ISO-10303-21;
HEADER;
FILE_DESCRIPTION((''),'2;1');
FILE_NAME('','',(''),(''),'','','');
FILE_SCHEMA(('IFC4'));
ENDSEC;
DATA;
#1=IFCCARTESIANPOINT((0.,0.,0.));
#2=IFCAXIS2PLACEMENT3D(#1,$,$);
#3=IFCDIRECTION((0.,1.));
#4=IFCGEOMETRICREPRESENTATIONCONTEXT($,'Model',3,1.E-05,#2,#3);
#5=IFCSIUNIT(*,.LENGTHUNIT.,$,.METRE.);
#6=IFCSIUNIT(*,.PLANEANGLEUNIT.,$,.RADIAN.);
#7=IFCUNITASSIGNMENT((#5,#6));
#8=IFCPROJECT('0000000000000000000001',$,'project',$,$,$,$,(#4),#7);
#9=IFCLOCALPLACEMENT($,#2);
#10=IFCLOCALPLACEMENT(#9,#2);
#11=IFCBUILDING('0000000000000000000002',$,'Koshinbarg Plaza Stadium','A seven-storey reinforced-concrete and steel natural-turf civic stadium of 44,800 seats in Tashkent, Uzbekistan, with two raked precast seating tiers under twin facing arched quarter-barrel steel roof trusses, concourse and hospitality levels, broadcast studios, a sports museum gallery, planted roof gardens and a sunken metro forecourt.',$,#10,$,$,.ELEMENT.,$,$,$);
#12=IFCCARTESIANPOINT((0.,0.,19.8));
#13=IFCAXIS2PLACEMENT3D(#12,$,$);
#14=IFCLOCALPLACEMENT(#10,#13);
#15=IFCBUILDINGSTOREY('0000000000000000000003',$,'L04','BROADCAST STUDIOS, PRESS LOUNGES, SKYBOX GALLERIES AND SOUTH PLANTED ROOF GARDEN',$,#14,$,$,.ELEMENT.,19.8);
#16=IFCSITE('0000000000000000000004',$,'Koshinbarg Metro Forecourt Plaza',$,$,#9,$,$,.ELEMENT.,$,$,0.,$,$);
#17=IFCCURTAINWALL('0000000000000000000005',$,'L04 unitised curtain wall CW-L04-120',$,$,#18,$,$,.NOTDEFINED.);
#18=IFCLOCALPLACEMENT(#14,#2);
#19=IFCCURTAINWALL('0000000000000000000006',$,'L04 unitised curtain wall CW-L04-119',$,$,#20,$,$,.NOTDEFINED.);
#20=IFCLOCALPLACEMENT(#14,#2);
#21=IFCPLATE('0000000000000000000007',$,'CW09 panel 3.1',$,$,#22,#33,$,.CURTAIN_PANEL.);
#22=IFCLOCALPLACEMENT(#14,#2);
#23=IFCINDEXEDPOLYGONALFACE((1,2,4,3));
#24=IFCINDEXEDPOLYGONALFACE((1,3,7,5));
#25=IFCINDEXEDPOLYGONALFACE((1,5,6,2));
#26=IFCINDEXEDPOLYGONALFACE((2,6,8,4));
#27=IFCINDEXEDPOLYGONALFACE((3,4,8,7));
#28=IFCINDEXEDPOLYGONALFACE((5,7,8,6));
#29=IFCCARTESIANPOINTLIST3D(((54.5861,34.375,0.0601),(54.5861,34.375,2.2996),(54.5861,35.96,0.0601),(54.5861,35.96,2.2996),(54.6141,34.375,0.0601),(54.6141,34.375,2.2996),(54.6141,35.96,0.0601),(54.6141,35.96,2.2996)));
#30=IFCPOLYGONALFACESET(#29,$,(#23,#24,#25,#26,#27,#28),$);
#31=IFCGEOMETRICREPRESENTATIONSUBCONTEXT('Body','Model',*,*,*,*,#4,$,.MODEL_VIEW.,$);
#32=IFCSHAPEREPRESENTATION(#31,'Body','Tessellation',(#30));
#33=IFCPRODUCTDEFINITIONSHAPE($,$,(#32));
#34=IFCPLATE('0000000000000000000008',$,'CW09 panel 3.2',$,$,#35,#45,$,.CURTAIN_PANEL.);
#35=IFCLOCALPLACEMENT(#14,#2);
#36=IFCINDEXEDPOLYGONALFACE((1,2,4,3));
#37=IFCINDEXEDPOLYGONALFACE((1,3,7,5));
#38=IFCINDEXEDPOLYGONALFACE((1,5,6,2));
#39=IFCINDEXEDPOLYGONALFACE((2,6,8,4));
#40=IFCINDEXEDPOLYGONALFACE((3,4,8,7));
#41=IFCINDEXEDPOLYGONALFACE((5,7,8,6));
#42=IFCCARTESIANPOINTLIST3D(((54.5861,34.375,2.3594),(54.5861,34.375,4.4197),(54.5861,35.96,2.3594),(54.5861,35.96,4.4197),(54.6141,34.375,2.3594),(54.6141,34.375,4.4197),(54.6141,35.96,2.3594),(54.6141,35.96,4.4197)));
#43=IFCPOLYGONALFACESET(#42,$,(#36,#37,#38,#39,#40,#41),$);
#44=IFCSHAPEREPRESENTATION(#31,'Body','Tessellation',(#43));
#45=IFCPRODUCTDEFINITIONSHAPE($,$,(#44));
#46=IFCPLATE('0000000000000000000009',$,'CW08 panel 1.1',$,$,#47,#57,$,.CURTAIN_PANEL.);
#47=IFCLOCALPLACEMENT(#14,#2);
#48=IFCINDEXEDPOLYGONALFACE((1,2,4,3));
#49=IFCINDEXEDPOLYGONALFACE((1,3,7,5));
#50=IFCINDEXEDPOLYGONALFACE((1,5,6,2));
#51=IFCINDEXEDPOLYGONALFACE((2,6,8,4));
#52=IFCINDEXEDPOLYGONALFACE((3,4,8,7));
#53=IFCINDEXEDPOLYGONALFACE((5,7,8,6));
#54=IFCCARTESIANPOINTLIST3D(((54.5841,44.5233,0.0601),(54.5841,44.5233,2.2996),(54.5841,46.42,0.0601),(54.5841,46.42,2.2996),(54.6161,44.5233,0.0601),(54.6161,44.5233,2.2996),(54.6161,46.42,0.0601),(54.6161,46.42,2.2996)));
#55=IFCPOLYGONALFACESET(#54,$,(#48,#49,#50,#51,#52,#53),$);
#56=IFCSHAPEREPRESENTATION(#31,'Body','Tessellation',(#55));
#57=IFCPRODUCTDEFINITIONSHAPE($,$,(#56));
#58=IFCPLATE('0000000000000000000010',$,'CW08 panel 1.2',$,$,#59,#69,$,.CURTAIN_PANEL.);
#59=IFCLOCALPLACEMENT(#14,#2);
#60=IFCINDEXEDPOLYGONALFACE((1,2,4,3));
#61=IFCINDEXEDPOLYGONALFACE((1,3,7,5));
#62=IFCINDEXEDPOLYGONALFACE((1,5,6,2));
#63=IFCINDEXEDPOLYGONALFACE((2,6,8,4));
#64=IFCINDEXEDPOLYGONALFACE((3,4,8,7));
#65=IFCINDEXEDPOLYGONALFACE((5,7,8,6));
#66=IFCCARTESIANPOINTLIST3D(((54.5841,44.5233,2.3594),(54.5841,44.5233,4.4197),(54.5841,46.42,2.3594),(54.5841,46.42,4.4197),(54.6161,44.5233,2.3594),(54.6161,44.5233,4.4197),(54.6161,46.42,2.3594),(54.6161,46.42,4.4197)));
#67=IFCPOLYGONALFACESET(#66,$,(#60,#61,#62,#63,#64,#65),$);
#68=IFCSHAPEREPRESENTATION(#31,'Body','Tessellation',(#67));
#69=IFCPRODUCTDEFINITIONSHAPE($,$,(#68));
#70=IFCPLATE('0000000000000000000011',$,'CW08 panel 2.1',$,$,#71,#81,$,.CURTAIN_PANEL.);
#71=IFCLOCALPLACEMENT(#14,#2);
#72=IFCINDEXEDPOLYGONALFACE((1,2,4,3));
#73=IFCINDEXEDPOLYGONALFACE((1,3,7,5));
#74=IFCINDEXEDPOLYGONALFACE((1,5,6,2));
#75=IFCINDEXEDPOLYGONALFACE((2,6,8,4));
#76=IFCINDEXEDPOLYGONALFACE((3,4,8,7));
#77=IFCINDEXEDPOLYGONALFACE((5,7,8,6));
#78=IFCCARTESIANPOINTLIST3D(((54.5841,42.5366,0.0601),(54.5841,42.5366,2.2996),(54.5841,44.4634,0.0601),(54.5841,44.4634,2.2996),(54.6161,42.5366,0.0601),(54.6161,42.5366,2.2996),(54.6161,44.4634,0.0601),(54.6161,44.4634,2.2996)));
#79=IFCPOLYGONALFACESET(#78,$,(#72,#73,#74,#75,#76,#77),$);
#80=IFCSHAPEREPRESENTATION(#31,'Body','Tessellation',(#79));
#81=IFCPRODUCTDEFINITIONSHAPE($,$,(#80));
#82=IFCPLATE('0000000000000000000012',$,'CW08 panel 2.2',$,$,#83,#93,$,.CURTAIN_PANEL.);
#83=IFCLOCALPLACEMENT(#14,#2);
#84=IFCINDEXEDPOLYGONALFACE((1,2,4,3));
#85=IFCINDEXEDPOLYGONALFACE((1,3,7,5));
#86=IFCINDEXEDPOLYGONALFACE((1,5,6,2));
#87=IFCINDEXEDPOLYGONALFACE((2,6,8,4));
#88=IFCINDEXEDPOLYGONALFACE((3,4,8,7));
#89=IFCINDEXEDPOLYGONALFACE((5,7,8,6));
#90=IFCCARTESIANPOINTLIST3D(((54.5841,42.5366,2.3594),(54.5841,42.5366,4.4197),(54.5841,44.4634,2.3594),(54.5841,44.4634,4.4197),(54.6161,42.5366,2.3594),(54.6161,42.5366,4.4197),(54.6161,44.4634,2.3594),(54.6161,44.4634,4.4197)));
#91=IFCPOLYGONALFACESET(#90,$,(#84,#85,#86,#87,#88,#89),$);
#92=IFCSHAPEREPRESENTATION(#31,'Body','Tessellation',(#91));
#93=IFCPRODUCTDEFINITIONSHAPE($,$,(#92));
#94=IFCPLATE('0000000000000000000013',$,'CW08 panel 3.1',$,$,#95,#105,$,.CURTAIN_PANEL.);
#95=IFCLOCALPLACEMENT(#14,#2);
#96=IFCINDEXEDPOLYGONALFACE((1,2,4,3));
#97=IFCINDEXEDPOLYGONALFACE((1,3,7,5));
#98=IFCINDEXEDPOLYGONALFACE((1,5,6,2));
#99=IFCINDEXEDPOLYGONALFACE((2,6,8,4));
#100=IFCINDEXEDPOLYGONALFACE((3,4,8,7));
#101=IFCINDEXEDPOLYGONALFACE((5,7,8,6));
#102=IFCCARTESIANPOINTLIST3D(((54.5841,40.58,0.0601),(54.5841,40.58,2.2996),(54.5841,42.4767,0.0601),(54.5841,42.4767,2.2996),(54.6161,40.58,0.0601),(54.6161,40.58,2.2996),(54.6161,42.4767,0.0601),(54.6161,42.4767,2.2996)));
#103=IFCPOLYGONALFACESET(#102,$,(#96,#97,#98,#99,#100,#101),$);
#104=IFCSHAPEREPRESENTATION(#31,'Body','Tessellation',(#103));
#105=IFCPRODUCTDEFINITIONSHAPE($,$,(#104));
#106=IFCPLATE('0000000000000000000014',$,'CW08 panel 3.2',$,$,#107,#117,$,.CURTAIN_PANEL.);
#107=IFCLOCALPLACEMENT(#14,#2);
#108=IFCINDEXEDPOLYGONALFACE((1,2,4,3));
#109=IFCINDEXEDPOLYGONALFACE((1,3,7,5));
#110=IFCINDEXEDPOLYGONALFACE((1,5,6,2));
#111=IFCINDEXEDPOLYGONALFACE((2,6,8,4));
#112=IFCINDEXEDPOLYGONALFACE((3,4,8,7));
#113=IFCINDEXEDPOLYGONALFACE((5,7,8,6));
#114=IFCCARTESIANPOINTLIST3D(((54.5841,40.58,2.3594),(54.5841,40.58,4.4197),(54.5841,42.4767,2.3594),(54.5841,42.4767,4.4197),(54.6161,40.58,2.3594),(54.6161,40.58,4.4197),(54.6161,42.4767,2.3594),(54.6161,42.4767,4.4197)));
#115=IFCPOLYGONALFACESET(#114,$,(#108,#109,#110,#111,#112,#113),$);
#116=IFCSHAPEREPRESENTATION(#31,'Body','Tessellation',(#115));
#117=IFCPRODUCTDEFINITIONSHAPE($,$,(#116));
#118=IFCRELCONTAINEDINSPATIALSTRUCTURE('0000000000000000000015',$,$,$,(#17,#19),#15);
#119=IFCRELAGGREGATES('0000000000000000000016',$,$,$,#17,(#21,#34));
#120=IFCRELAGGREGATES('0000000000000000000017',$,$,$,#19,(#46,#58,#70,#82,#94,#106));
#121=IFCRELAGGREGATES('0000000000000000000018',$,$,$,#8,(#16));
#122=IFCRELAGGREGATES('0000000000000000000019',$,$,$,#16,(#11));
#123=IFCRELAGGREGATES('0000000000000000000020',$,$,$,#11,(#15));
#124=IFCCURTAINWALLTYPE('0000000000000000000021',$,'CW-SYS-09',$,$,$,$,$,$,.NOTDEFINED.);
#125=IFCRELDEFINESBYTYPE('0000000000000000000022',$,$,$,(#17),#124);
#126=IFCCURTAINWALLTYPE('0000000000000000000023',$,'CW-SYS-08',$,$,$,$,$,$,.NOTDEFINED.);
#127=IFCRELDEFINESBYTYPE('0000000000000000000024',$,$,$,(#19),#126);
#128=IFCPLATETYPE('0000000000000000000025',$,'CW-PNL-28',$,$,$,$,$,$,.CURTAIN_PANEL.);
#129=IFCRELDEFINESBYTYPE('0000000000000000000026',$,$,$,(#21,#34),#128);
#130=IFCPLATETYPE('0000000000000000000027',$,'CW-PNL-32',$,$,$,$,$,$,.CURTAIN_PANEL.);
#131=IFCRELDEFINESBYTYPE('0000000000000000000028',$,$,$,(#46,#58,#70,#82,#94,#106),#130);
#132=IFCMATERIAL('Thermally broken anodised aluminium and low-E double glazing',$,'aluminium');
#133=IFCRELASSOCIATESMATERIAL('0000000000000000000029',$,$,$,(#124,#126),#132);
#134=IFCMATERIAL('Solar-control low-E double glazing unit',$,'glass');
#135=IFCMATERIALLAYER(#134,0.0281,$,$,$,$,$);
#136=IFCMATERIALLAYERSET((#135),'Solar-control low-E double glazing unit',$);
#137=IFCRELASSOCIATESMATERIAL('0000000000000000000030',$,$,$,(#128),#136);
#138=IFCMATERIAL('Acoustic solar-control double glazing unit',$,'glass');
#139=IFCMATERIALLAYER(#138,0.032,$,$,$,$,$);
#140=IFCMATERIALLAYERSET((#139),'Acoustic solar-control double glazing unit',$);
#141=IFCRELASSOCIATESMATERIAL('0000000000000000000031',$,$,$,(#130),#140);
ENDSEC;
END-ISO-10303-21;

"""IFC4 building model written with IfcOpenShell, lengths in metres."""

from ifc_helpers import new_model, si_unit, direction, frame, origin, origin_2d, place, context, subcontext, project, spatial, rectangle, extrude, material, layer, layer_set, type_object, element, aggregate, save


model = new_model("IFC4")

# Units and contexts
model_context = context("Model", 3, precision=1e-05, world=origin(), true_north=direction((0.0, 1.0)))
body_context = subcontext(model_context, "Body", "Model", "MODEL_VIEW")
ifc_project = project(units=[si_unit("LENGTHUNIT", "METRE"), si_unit("PLANEANGLEUNIT", "RADIAN")], contexts=[model_context])

# Site, building, storey
site_placement = place(None, origin())
site = spatial("IfcSite", under=ifc_project, at=site_placement, Name="Koshinbarg Metro Forecourt Plaza", CompositionType="ELEMENT", RefElevation=0.0)
building_placement = place(site_placement, origin())
building = spatial("IfcBuilding", under=site, at=building_placement, Name="Koshinbarg Plaza Stadium", Description="A seven-storey reinforced-concrete and steel natural-turf civic stadium of 44,800 seats in Tashkent, Uzbekistan, with two raked precast seating tiers under twin facing arched quarter-barrel steel roof trusses, concourse and hospitality levels, broadcast studios, a sports museum gallery, planted roof gardens and a sunken metro forecourt.", CompositionType="ELEMENT")
storey_placement = place(building_placement, frame((0.0, 0.0, 19.8)))
storey = spatial("IfcBuildingStorey", under=building, at=storey_placement, Name="L04", Description="BROADCAST STUDIOS, PRESS LOUNGES, SKYBOX GALLERIES AND SOUTH PLANTED ROOF GARDEN", CompositionType="ELEMENT", Elevation=19.8)

# Curtain walls
ifc_material_1 = material(Name="Thermally broken anodised aluminium and low-E double glazing", Category="aluminium")
curtain_wall_type_1 = type_object("IfcCurtainWallType", Name="CW-SYS-09", PredefinedType="NOTDEFINED", material=ifc_material_1)
curtain_wall_1_placement = place(storey_placement, origin())
curtain_wall_1 = element("IfcCurtainWall", 1, at=curtain_wall_1_placement, inside=storey, type_object=curtain_wall_type_1, Name="L04 unitised curtain wall CW-L04-120", PredefinedType="NOTDEFINED")
curtain_wall_type_2 = type_object("IfcCurtainWallType", Name="CW-SYS-08", PredefinedType="NOTDEFINED", material=ifc_material_1)
curtain_wall_2_placement = place(storey_placement, origin())
curtain_wall_2 = element("IfcCurtainWall", 2, at=curtain_wall_2_placement, inside=storey, type_object=curtain_wall_type_2, Name="L04 unitised curtain wall CW-L04-119", PredefinedType="NOTDEFINED")

# Plates
ifc_material_2 = material(Name="Solar-control low-E double glazing unit", Category="glass")
ifc_layer_1 = layer(ifc_material_2, 0.0281)
ifc_layer_set_1 = layer_set([ifc_layer_1], Name="Solar-control low-E double glazing unit")
plate_type_1 = type_object("IfcPlateType", Name="CW-PNL-28", PredefinedType="CURTAIN_PANEL", material=ifc_layer_set_1)
plate_1_placement = place(storey_placement, frame((54.6001, 35.1675, 0.0601), z_axis=(0.0, 0.0, 1.0), x_axis=(0.0, -1.0, 0.0)))
plate_1 = element("IfcPlate", 3, at=plate_1_placement, type_object=plate_type_1, Name="CW09 panel 3.1", PredefinedType="CURTAIN_PANEL", context=body_context, shape_type="SweptSolid", body=[
    extrude(rectangle(XDim=1.585, YDim=0.0281, at=origin_2d()), origin(), (0.0, 0.0, 1.0), 2.2395),
])
plate_2_placement = place(storey_placement, frame((54.6001, 35.1675, 2.3594), z_axis=(0.0, 0.0, 1.0), x_axis=(0.0, -1.0, 0.0)))
plate_2 = element("IfcPlate", 4, at=plate_2_placement, type_object=plate_type_1, Name="CW09 panel 3.2", PredefinedType="CURTAIN_PANEL", context=body_context, shape_type="SweptSolid", body=[
    extrude(rectangle(XDim=1.585, YDim=0.0281, at=origin_2d()), origin(), (0.0, 0.0, 1.0), 2.0603),
])
aggregate(curtain_wall_1, [plate_1, plate_2])
ifc_material_3 = material(Name="Acoustic solar-control double glazing unit", Category="glass")
ifc_layer_2 = layer(ifc_material_3, 0.032)
ifc_layer_set_2 = layer_set([ifc_layer_2], Name="Acoustic solar-control double glazing unit")
plate_type_2 = type_object("IfcPlateType", Name="CW-PNL-32", PredefinedType="CURTAIN_PANEL", material=ifc_layer_set_2)
plate_3_placement = place(storey_placement, frame((54.6001, 45.4717, 0.0601), z_axis=(0.0, 0.0, 1.0), x_axis=(0.0, -1.0, 0.0)))
plate_3 = element("IfcPlate", 5, at=plate_3_placement, type_object=plate_type_2, Name="CW08 panel 1.1", PredefinedType="CURTAIN_PANEL", context=body_context, shape_type="SweptSolid", body=[
    extrude(rectangle(XDim=1.8967, YDim=0.032, at=origin_2d()), origin(), (0.0, 0.0, 1.0), 2.2395),
])
plate_4_placement = place(storey_placement, frame((54.6001, 45.4717, 2.3594), z_axis=(0.0, 0.0, 1.0), x_axis=(0.0, -1.0, 0.0)))
plate_4 = element("IfcPlate", 6, at=plate_4_placement, type_object=plate_type_2, Name="CW08 panel 1.2", PredefinedType="CURTAIN_PANEL", context=body_context, shape_type="SweptSolid", body=[
    extrude(rectangle(XDim=1.8967, YDim=0.032, at=origin_2d()), origin(), (0.0, 0.0, 1.0), 2.0603),
])
plate_5_placement = place(storey_placement, frame((54.6001, 43.5, 0.0601), z_axis=(0.0, 0.0, 1.0), x_axis=(0.0, -1.0, 0.0)))
plate_5 = element("IfcPlate", 7, at=plate_5_placement, type_object=plate_type_2, Name="CW08 panel 2.1", PredefinedType="CURTAIN_PANEL", context=body_context, shape_type="SweptSolid", body=[
    extrude(rectangle(XDim=1.9268, YDim=0.032, at=origin_2d()), origin(), (0.0, 0.0, 1.0), 2.2395),
])
plate_6_placement = place(storey_placement, frame((54.6001, 43.5, 2.3594), z_axis=(0.0, 0.0, 1.0), x_axis=(0.0, -1.0, 0.0)))
plate_6 = element("IfcPlate", 8, at=plate_6_placement, type_object=plate_type_2, Name="CW08 panel 2.2", PredefinedType="CURTAIN_PANEL", context=body_context, shape_type="SweptSolid", body=[
    extrude(rectangle(XDim=1.9268, YDim=0.032, at=origin_2d()), origin(), (0.0, 0.0, 1.0), 2.0603),
])
plate_7_placement = place(storey_placement, frame((54.6001, 41.5283, 0.0601), z_axis=(0.0, 0.0, 1.0), x_axis=(0.0, -1.0, 0.0)))
plate_7 = element("IfcPlate", 9, at=plate_7_placement, type_object=plate_type_2, Name="CW08 panel 3.1", PredefinedType="CURTAIN_PANEL", context=body_context, shape_type="SweptSolid", body=[
    extrude(rectangle(XDim=1.8967, YDim=0.032, at=origin_2d()), origin(), (0.0, 0.0, 1.0), 2.2395),
])
plate_8_placement = place(storey_placement, frame((54.6001, 41.5283, 2.3594), z_axis=(0.0, 0.0, 1.0), x_axis=(0.0, -1.0, 0.0)))
plate_8 = element("IfcPlate", 10, at=plate_8_placement, type_object=plate_type_2, Name="CW08 panel 3.2", PredefinedType="CURTAIN_PANEL", context=body_context, shape_type="SweptSolid", body=[
    extrude(rectangle(XDim=1.8967, YDim=0.032, at=origin_2d()), origin(), (0.0, 0.0, 1.0), 2.0603),
])
aggregate(curtain_wall_2, [plate_3, plate_4, plate_5, plate_6, plate_7, plate_8])

save(model, "model.ifc")
